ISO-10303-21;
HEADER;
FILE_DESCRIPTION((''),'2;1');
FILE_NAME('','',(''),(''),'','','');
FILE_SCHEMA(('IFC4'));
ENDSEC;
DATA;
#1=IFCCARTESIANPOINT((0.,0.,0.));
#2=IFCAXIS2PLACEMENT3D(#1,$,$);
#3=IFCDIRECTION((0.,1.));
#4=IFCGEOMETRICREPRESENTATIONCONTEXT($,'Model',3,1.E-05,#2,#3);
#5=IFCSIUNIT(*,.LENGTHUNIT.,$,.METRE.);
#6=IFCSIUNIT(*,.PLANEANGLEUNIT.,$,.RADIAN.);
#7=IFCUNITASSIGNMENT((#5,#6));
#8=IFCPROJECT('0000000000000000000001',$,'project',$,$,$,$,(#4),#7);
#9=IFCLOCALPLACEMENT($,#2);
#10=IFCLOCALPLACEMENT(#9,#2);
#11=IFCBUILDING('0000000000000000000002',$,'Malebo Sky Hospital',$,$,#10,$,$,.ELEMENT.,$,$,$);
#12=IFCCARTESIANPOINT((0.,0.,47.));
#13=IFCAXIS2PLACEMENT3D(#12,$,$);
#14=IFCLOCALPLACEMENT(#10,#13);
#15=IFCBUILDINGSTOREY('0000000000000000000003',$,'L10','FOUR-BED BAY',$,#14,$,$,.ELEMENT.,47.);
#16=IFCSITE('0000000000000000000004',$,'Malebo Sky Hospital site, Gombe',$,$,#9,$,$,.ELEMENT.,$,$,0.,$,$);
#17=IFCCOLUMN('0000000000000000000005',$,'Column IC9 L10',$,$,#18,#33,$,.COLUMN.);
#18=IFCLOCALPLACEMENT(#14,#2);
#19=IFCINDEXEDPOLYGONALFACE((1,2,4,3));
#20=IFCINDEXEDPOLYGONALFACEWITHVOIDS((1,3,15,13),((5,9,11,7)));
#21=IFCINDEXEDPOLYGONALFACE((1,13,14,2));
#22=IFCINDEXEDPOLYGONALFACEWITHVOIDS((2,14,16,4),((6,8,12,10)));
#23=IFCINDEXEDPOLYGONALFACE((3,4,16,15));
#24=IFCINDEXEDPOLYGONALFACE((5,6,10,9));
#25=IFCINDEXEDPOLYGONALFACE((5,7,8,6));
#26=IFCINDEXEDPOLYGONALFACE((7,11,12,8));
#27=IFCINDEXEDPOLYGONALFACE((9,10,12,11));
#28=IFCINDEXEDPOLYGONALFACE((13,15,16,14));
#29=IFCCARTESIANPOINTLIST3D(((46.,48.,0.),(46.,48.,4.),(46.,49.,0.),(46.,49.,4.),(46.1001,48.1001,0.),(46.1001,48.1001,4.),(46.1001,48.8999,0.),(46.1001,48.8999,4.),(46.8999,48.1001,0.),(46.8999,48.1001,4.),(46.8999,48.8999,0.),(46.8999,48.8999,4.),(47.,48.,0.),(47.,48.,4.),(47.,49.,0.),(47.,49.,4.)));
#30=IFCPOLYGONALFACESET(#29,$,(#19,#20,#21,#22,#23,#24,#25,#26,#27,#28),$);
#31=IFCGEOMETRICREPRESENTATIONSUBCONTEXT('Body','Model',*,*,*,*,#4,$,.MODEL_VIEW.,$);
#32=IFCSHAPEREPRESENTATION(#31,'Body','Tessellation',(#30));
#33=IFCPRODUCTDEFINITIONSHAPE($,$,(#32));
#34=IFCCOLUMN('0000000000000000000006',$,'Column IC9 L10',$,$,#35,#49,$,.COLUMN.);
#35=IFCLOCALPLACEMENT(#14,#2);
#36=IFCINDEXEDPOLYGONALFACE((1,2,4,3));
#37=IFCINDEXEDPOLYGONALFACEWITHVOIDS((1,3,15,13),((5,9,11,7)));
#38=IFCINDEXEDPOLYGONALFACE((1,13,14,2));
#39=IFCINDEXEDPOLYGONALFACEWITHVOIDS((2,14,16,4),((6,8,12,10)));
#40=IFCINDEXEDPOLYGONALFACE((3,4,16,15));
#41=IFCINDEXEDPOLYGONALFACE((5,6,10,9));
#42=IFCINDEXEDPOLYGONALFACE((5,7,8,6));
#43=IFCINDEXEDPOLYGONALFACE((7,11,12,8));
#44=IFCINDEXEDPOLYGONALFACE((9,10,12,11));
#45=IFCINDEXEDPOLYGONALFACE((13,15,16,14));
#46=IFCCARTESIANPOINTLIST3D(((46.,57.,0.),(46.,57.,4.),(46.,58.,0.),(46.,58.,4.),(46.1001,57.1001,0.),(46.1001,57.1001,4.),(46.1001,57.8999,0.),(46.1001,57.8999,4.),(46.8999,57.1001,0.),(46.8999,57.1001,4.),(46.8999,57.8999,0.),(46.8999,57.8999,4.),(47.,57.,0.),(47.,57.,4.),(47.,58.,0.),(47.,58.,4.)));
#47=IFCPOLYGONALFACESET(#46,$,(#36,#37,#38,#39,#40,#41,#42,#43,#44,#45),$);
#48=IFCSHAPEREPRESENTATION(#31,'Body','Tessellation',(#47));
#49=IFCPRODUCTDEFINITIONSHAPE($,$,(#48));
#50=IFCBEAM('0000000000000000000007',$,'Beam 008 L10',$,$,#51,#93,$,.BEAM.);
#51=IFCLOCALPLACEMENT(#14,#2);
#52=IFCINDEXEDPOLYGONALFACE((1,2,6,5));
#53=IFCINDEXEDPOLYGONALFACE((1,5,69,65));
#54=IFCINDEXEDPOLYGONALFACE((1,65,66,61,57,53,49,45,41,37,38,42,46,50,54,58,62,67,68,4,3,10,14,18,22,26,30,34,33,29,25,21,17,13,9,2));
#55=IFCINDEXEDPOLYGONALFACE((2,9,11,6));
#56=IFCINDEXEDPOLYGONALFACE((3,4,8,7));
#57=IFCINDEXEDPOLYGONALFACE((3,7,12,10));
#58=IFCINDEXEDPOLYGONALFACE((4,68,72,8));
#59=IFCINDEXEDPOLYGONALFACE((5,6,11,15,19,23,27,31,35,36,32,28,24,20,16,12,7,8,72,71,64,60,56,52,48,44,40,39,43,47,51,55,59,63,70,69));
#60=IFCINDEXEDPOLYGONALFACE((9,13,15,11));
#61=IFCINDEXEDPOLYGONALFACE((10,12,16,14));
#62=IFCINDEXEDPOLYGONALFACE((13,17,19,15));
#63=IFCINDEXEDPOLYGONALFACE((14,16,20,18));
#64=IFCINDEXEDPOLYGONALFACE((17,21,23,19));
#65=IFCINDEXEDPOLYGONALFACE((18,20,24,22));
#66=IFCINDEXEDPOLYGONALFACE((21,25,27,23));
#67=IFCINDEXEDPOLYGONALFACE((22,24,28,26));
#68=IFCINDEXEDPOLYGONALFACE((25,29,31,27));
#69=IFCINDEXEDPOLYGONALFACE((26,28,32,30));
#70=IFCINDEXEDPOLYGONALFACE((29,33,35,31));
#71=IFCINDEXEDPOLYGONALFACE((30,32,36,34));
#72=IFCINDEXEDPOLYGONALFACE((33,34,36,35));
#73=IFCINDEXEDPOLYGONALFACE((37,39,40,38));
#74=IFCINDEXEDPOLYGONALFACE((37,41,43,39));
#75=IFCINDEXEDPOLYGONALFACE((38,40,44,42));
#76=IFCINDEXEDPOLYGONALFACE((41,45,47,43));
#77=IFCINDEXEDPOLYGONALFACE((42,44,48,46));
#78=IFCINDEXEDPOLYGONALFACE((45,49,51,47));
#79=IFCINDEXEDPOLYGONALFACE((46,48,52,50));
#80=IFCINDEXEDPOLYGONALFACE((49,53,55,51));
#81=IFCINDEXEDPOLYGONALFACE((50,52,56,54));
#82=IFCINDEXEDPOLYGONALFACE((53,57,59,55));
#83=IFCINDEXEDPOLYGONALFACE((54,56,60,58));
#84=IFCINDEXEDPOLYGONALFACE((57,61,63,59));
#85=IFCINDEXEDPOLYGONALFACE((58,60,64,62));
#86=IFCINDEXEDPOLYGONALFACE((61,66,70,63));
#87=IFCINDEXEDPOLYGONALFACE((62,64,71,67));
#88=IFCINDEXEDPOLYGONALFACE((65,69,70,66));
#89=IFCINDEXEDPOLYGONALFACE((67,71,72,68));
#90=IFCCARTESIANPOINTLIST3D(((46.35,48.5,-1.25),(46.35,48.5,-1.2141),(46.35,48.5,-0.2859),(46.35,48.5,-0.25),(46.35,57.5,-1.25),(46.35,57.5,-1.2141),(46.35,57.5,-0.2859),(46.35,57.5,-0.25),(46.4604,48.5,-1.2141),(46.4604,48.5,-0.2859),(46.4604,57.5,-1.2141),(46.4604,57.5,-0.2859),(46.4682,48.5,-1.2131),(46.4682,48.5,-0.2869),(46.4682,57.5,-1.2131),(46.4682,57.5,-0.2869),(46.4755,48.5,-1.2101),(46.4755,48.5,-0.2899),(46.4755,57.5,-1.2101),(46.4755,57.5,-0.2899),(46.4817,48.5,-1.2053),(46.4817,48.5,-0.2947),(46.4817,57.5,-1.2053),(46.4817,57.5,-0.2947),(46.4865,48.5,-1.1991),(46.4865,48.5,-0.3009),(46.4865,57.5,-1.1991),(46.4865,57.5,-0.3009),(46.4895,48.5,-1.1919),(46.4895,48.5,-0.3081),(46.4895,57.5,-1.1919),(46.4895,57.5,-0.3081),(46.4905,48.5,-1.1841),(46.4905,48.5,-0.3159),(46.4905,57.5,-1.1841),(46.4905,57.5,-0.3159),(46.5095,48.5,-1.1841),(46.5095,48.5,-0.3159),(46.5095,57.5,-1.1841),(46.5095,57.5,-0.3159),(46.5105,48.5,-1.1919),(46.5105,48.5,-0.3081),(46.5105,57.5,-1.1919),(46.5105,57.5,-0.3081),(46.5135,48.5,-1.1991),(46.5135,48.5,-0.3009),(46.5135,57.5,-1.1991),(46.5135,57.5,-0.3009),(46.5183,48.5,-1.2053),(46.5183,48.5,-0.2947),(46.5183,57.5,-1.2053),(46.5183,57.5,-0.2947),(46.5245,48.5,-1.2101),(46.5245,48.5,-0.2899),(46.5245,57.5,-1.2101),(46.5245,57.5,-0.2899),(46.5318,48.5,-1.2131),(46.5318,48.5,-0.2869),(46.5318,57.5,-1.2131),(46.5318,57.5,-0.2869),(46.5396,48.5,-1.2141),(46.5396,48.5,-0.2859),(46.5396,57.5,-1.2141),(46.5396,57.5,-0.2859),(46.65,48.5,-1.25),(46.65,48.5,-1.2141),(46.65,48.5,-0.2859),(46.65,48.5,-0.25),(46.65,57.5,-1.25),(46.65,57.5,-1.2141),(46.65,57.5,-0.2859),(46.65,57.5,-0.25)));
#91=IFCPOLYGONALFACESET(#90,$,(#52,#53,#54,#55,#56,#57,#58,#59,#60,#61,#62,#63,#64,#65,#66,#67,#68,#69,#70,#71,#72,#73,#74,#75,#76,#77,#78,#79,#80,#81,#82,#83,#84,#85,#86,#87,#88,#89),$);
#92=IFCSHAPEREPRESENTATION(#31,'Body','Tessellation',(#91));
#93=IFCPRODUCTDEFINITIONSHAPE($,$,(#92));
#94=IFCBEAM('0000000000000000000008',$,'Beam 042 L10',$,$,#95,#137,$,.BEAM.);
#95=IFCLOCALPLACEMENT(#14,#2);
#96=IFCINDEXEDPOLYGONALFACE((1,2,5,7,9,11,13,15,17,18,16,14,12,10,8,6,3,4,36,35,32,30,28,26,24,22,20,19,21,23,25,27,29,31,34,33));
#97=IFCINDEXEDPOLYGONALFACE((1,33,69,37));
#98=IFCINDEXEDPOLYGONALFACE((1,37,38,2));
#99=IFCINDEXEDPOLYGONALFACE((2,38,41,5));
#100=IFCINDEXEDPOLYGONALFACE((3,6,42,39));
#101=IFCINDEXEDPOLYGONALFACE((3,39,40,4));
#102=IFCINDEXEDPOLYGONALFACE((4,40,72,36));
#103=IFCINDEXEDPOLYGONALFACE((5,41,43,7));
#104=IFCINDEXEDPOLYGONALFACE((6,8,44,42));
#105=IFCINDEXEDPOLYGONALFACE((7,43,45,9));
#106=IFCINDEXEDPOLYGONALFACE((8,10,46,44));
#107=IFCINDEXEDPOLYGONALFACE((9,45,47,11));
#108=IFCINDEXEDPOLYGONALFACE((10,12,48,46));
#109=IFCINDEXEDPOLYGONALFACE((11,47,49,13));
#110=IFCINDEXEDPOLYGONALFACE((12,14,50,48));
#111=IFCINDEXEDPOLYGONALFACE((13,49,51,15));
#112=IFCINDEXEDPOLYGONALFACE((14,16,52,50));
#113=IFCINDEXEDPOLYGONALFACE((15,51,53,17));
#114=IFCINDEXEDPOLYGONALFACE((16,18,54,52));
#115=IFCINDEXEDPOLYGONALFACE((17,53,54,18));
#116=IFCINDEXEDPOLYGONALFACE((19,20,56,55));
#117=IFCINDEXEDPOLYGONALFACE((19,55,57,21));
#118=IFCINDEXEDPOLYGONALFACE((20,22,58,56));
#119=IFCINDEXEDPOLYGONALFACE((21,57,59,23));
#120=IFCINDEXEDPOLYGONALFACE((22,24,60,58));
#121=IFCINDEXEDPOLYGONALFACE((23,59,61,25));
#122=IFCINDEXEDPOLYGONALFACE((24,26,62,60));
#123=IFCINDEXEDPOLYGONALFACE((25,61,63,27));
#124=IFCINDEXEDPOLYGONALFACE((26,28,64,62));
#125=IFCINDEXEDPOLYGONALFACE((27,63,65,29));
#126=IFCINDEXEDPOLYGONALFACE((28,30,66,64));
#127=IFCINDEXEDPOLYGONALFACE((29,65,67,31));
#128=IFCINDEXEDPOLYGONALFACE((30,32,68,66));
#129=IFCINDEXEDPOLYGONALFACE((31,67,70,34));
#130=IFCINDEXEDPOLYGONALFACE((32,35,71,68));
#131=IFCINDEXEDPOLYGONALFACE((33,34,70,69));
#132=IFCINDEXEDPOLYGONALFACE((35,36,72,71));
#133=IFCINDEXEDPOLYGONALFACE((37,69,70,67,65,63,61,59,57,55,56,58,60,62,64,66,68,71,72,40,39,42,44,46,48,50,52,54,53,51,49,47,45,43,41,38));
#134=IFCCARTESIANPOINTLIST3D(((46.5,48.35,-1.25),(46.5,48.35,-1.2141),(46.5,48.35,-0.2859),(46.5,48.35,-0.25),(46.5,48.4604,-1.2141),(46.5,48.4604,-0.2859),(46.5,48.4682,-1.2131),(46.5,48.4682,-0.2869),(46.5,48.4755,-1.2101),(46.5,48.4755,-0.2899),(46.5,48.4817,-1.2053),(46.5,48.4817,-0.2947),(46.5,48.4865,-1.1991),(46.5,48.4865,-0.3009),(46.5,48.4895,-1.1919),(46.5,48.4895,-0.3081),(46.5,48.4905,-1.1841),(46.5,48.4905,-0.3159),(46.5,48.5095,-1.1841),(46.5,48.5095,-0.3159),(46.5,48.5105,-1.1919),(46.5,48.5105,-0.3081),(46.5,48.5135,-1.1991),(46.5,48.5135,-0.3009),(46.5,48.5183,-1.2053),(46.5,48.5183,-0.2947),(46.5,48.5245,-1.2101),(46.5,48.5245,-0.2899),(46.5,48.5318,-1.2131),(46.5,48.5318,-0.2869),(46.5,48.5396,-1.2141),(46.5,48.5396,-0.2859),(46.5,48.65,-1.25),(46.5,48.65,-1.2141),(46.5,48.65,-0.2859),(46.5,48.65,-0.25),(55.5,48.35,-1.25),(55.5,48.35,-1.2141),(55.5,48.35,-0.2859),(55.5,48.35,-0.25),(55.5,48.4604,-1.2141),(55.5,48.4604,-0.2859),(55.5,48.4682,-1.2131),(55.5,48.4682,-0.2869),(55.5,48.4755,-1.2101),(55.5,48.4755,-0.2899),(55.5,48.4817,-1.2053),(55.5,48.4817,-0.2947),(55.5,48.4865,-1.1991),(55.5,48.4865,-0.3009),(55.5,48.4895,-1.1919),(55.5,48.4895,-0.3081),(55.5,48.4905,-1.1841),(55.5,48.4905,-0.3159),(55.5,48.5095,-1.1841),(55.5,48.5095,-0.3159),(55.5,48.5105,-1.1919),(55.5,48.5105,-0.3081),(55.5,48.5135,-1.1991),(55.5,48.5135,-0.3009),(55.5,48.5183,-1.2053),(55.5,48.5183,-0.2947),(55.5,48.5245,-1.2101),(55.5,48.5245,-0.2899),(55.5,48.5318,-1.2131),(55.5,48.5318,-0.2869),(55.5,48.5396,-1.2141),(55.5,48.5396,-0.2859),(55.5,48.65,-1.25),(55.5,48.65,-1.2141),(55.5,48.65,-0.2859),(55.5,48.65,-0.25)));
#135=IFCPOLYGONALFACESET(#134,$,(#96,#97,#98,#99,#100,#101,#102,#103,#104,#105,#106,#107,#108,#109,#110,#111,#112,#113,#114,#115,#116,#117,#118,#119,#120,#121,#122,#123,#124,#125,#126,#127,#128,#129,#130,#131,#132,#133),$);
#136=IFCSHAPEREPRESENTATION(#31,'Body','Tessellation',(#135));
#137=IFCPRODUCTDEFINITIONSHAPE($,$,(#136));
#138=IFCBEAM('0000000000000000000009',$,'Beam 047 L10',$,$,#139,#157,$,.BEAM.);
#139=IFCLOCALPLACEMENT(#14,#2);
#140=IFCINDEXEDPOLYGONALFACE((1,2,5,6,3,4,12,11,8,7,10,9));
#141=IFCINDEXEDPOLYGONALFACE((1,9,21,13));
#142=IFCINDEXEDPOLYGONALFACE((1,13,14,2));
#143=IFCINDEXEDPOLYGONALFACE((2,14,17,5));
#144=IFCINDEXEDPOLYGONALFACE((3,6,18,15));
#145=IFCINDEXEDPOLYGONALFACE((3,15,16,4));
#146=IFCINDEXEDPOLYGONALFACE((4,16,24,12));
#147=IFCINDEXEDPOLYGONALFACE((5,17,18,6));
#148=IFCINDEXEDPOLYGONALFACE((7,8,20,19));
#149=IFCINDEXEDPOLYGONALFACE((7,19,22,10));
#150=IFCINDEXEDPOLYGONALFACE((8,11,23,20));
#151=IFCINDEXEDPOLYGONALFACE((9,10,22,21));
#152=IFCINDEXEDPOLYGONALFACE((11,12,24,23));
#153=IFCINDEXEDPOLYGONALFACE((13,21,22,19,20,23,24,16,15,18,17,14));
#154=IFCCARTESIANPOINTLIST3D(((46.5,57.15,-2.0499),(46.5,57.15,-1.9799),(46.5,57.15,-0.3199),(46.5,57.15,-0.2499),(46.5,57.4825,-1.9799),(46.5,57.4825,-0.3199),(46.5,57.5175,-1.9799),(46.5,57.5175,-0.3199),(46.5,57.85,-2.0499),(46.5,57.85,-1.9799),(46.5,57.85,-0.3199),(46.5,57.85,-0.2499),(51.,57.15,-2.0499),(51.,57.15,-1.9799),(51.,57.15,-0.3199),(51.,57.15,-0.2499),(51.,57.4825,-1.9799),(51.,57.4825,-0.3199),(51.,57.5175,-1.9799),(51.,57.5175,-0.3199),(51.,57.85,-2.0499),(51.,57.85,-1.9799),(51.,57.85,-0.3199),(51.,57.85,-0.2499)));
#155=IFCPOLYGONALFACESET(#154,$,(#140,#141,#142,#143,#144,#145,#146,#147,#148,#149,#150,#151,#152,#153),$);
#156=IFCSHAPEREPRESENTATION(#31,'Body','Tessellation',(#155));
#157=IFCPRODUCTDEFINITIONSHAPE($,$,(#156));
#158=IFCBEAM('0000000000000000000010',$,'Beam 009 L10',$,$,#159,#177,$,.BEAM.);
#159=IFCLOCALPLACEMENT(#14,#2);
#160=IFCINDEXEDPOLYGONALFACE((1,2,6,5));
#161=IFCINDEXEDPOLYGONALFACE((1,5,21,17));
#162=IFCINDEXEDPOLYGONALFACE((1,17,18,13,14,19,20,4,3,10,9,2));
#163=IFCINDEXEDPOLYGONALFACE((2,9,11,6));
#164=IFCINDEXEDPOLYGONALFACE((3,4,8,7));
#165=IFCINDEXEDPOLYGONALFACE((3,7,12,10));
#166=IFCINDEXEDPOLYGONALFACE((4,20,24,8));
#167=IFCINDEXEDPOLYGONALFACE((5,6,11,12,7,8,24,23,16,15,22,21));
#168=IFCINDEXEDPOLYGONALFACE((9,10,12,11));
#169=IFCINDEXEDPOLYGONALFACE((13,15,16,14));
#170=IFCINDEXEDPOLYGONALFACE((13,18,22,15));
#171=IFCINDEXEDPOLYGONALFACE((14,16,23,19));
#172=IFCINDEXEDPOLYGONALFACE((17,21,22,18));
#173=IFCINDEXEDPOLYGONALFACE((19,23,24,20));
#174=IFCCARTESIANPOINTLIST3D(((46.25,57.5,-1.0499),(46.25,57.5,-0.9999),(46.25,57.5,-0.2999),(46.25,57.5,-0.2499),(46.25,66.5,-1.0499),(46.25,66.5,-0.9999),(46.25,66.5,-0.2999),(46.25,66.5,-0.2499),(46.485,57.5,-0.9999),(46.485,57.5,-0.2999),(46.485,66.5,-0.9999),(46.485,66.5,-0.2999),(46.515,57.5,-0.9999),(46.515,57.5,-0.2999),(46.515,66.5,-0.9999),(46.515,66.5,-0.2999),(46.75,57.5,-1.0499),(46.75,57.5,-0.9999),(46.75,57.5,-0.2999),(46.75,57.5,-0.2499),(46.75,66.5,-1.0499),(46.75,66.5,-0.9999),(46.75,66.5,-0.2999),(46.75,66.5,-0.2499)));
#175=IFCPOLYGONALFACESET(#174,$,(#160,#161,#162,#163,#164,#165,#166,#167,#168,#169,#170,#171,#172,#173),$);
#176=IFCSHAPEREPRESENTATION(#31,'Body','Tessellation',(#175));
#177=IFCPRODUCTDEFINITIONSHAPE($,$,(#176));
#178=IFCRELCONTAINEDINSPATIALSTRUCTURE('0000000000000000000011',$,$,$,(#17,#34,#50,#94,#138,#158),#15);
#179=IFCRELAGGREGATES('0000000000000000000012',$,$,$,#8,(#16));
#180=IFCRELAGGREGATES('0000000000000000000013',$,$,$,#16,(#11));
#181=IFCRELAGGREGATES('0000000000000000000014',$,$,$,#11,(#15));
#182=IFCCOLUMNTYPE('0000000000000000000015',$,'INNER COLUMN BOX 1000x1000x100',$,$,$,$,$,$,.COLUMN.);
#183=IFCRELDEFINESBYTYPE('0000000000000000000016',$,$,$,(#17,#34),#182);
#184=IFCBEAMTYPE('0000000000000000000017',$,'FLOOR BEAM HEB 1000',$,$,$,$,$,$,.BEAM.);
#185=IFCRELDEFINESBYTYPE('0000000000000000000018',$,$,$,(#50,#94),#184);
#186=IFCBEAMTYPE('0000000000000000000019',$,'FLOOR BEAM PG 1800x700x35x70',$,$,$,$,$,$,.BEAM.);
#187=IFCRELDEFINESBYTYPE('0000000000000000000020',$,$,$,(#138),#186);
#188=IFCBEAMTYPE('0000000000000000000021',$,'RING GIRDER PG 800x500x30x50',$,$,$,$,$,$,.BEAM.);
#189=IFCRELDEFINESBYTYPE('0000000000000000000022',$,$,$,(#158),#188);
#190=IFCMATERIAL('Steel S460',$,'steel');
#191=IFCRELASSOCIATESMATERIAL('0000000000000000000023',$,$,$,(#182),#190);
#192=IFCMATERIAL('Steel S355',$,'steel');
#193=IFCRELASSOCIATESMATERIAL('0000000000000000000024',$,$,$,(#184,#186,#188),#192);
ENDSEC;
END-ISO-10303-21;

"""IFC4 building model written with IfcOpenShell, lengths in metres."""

from ifc_helpers import new_model, si_unit, direction, frame, origin, origin_2d, place, context, subcontext, project, spatial, hollow_rectangle, i_section, extrude, material, material_profile, profile_set, type_object, element, save


model = new_model("IFC4")

# Units and contexts
model_context = context("Model", 3, precision=1e-05, world=origin(), true_north=direction((0.0, 1.0)))
body_context = subcontext(model_context, "Body", "Model", "MODEL_VIEW")
ifc_project = project(units=[si_unit("LENGTHUNIT", "METRE"), si_unit("PLANEANGLEUNIT", "RADIAN")], contexts=[model_context])

# Site, building, storey
site_placement = place(None, origin())
site = spatial("IfcSite", under=ifc_project, at=site_placement, Name="Malebo Sky Hospital site, Gombe", CompositionType="ELEMENT", RefElevation=0.0)
building_placement = place(site_placement, origin())
building = spatial("IfcBuilding", under=site, at=building_placement, Name="Malebo Sky Hospital", CompositionType="ELEMENT")
storey_placement = place(building_placement, frame((0.0, 0.0, 47.0)))
storey = spatial("IfcBuildingStorey", under=building, at=storey_placement, Name="L10", Description="FOUR-BED BAY", CompositionType="ELEMENT", Elevation=47.0)

# Columns
ifc_material_1 = material(Name="Steel S460", Category="steel")
ifc_material_profile_1 = material_profile(ifc_material_1, hollow_rectangle(XDim=1.0, YDim=1.0, WallThickness=0.1001, at=origin_2d()), Name="BOX 1000x1000x100")
ifc_profile_set_1 = profile_set([ifc_material_profile_1], Name="Steel S460")
column_type = type_object("IfcColumnType", Name="INNER COLUMN BOX 1000x1000x100", PredefinedType="COLUMN", material=ifc_profile_set_1)
for number, where, z_axis, x_axis, name in (
    (1, (46.5, 48.5, 0.0), (0.0, 0.0, 1.0), (1.0, 0.0, 0.0), "Column IC9 L10"),
    (2, (46.5, 57.5, 0.0), (0.0, 0.0, 1.0), (1.0, 0.0, 0.0), "Column IC9 L10"),
):
    element("IfcColumn", number, at=place(storey_placement, frame(where, z_axis=z_axis, x_axis=x_axis)), inside=storey, type_object=column_type, Name=name, PredefinedType="COLUMN", context=body_context, shape_type="SweptSolid", body=[
        extrude(hollow_rectangle(XDim=1.0, YDim=1.0, WallThickness=0.1001, at=origin_2d()), origin(), (0.0, 0.0, 1.0), 4.0),
    ])

# Beams
ifc_material_2 = material(Name="Steel S355", Category="steel")
ifc_material_profile_2 = material_profile(ifc_material_2, i_section(OverallWidth=0.3, OverallDepth=1.0, WebThickness=0.019, FlangeThickness=0.0359, FilletRadius=0.03, at=origin_2d()), Name="HEB 1000")
ifc_profile_set_2 = profile_set([ifc_material_profile_2], Name="Steel S355")
beam_type_1 = type_object("IfcBeamType", Name="FLOOR BEAM HEB 1000", PredefinedType="BEAM", material=ifc_profile_set_2)
for number, where, z_axis, x_axis, name in (
    (3, (46.5, 48.5, -0.75), (0.0, 1.0, 0.0), (-1.0, 0.0, 0.0), "Beam 008 L10"),
    (4, (46.5, 48.5, -0.75), (1.0, 0.0, 0.0), (0.0, 1.0, 0.0), "Beam 042 L10"),
):
    element("IfcBeam", number, at=place(storey_placement, frame(where, z_axis=z_axis, x_axis=x_axis)), inside=storey, type_object=beam_type_1, Name=name, PredefinedType="BEAM", context=body_context, shape_type="SweptSolid", body=[
        extrude(i_section(OverallWidth=0.3, OverallDepth=1.0, WebThickness=0.019, FlangeThickness=0.0359, FilletRadius=0.03, at=origin_2d()), origin(), (0.0, 0.0, 1.0), 9.0),
    ])
ifc_material_profile_3 = material_profile(ifc_material_2, i_section(OverallWidth=0.7, OverallDepth=1.8, WebThickness=0.0349, FlangeThickness=0.0701, at=origin_2d()), Name="PG 1800x700x35x70")
ifc_profile_set_3 = profile_set([ifc_material_profile_3], Name="Steel S355")
beam_type_2 = type_object("IfcBeamType", Name="FLOOR BEAM PG 1800x700x35x70", PredefinedType="BEAM", material=ifc_profile_set_3)
beam_1_placement = place(storey_placement, frame((46.5, 57.5, -1.1499), z_axis=(1.0, 0.0, 0.0), x_axis=(0.0, 1.0, 0.0)))
element("IfcBeam", 5, at=beam_1_placement, inside=storey, type_object=beam_type_2, Name="Beam 047 L10", PredefinedType="BEAM", context=body_context, shape_type="SweptSolid", body=[
    extrude(i_section(OverallWidth=0.7, OverallDepth=1.8, WebThickness=0.0349, FlangeThickness=0.0701, at=origin_2d()), origin(), (0.0, 0.0, 1.0), 4.5),
])
ifc_material_profile_4 = material_profile(ifc_material_2, i_section(OverallWidth=0.5, OverallDepth=0.8, WebThickness=0.03, FlangeThickness=0.05, at=origin_2d()), Name="PG 800x500x30x50")
ifc_profile_set_4 = profile_set([ifc_material_profile_4], Name="Steel S355")
beam_type_3 = type_object("IfcBeamType", Name="RING GIRDER PG 800x500x30x50", PredefinedType="BEAM", material=ifc_profile_set_4)
beam_2_placement = place(storey_placement, frame((46.5, 57.5, -0.6499), z_axis=(0.0, 1.0, 0.0), x_axis=(-1.0, 0.0, 0.0)))
element("IfcBeam", 6, at=beam_2_placement, inside=storey, type_object=beam_type_3, Name="Beam 009 L10", PredefinedType="BEAM", context=body_context, shape_type="SweptSolid", body=[
    extrude(i_section(OverallWidth=0.5, OverallDepth=0.8, WebThickness=0.03, FlangeThickness=0.05, at=origin_2d()), origin(), (0.0, 0.0, 1.0), 9.0),
])

save(model, "model.ifc")
